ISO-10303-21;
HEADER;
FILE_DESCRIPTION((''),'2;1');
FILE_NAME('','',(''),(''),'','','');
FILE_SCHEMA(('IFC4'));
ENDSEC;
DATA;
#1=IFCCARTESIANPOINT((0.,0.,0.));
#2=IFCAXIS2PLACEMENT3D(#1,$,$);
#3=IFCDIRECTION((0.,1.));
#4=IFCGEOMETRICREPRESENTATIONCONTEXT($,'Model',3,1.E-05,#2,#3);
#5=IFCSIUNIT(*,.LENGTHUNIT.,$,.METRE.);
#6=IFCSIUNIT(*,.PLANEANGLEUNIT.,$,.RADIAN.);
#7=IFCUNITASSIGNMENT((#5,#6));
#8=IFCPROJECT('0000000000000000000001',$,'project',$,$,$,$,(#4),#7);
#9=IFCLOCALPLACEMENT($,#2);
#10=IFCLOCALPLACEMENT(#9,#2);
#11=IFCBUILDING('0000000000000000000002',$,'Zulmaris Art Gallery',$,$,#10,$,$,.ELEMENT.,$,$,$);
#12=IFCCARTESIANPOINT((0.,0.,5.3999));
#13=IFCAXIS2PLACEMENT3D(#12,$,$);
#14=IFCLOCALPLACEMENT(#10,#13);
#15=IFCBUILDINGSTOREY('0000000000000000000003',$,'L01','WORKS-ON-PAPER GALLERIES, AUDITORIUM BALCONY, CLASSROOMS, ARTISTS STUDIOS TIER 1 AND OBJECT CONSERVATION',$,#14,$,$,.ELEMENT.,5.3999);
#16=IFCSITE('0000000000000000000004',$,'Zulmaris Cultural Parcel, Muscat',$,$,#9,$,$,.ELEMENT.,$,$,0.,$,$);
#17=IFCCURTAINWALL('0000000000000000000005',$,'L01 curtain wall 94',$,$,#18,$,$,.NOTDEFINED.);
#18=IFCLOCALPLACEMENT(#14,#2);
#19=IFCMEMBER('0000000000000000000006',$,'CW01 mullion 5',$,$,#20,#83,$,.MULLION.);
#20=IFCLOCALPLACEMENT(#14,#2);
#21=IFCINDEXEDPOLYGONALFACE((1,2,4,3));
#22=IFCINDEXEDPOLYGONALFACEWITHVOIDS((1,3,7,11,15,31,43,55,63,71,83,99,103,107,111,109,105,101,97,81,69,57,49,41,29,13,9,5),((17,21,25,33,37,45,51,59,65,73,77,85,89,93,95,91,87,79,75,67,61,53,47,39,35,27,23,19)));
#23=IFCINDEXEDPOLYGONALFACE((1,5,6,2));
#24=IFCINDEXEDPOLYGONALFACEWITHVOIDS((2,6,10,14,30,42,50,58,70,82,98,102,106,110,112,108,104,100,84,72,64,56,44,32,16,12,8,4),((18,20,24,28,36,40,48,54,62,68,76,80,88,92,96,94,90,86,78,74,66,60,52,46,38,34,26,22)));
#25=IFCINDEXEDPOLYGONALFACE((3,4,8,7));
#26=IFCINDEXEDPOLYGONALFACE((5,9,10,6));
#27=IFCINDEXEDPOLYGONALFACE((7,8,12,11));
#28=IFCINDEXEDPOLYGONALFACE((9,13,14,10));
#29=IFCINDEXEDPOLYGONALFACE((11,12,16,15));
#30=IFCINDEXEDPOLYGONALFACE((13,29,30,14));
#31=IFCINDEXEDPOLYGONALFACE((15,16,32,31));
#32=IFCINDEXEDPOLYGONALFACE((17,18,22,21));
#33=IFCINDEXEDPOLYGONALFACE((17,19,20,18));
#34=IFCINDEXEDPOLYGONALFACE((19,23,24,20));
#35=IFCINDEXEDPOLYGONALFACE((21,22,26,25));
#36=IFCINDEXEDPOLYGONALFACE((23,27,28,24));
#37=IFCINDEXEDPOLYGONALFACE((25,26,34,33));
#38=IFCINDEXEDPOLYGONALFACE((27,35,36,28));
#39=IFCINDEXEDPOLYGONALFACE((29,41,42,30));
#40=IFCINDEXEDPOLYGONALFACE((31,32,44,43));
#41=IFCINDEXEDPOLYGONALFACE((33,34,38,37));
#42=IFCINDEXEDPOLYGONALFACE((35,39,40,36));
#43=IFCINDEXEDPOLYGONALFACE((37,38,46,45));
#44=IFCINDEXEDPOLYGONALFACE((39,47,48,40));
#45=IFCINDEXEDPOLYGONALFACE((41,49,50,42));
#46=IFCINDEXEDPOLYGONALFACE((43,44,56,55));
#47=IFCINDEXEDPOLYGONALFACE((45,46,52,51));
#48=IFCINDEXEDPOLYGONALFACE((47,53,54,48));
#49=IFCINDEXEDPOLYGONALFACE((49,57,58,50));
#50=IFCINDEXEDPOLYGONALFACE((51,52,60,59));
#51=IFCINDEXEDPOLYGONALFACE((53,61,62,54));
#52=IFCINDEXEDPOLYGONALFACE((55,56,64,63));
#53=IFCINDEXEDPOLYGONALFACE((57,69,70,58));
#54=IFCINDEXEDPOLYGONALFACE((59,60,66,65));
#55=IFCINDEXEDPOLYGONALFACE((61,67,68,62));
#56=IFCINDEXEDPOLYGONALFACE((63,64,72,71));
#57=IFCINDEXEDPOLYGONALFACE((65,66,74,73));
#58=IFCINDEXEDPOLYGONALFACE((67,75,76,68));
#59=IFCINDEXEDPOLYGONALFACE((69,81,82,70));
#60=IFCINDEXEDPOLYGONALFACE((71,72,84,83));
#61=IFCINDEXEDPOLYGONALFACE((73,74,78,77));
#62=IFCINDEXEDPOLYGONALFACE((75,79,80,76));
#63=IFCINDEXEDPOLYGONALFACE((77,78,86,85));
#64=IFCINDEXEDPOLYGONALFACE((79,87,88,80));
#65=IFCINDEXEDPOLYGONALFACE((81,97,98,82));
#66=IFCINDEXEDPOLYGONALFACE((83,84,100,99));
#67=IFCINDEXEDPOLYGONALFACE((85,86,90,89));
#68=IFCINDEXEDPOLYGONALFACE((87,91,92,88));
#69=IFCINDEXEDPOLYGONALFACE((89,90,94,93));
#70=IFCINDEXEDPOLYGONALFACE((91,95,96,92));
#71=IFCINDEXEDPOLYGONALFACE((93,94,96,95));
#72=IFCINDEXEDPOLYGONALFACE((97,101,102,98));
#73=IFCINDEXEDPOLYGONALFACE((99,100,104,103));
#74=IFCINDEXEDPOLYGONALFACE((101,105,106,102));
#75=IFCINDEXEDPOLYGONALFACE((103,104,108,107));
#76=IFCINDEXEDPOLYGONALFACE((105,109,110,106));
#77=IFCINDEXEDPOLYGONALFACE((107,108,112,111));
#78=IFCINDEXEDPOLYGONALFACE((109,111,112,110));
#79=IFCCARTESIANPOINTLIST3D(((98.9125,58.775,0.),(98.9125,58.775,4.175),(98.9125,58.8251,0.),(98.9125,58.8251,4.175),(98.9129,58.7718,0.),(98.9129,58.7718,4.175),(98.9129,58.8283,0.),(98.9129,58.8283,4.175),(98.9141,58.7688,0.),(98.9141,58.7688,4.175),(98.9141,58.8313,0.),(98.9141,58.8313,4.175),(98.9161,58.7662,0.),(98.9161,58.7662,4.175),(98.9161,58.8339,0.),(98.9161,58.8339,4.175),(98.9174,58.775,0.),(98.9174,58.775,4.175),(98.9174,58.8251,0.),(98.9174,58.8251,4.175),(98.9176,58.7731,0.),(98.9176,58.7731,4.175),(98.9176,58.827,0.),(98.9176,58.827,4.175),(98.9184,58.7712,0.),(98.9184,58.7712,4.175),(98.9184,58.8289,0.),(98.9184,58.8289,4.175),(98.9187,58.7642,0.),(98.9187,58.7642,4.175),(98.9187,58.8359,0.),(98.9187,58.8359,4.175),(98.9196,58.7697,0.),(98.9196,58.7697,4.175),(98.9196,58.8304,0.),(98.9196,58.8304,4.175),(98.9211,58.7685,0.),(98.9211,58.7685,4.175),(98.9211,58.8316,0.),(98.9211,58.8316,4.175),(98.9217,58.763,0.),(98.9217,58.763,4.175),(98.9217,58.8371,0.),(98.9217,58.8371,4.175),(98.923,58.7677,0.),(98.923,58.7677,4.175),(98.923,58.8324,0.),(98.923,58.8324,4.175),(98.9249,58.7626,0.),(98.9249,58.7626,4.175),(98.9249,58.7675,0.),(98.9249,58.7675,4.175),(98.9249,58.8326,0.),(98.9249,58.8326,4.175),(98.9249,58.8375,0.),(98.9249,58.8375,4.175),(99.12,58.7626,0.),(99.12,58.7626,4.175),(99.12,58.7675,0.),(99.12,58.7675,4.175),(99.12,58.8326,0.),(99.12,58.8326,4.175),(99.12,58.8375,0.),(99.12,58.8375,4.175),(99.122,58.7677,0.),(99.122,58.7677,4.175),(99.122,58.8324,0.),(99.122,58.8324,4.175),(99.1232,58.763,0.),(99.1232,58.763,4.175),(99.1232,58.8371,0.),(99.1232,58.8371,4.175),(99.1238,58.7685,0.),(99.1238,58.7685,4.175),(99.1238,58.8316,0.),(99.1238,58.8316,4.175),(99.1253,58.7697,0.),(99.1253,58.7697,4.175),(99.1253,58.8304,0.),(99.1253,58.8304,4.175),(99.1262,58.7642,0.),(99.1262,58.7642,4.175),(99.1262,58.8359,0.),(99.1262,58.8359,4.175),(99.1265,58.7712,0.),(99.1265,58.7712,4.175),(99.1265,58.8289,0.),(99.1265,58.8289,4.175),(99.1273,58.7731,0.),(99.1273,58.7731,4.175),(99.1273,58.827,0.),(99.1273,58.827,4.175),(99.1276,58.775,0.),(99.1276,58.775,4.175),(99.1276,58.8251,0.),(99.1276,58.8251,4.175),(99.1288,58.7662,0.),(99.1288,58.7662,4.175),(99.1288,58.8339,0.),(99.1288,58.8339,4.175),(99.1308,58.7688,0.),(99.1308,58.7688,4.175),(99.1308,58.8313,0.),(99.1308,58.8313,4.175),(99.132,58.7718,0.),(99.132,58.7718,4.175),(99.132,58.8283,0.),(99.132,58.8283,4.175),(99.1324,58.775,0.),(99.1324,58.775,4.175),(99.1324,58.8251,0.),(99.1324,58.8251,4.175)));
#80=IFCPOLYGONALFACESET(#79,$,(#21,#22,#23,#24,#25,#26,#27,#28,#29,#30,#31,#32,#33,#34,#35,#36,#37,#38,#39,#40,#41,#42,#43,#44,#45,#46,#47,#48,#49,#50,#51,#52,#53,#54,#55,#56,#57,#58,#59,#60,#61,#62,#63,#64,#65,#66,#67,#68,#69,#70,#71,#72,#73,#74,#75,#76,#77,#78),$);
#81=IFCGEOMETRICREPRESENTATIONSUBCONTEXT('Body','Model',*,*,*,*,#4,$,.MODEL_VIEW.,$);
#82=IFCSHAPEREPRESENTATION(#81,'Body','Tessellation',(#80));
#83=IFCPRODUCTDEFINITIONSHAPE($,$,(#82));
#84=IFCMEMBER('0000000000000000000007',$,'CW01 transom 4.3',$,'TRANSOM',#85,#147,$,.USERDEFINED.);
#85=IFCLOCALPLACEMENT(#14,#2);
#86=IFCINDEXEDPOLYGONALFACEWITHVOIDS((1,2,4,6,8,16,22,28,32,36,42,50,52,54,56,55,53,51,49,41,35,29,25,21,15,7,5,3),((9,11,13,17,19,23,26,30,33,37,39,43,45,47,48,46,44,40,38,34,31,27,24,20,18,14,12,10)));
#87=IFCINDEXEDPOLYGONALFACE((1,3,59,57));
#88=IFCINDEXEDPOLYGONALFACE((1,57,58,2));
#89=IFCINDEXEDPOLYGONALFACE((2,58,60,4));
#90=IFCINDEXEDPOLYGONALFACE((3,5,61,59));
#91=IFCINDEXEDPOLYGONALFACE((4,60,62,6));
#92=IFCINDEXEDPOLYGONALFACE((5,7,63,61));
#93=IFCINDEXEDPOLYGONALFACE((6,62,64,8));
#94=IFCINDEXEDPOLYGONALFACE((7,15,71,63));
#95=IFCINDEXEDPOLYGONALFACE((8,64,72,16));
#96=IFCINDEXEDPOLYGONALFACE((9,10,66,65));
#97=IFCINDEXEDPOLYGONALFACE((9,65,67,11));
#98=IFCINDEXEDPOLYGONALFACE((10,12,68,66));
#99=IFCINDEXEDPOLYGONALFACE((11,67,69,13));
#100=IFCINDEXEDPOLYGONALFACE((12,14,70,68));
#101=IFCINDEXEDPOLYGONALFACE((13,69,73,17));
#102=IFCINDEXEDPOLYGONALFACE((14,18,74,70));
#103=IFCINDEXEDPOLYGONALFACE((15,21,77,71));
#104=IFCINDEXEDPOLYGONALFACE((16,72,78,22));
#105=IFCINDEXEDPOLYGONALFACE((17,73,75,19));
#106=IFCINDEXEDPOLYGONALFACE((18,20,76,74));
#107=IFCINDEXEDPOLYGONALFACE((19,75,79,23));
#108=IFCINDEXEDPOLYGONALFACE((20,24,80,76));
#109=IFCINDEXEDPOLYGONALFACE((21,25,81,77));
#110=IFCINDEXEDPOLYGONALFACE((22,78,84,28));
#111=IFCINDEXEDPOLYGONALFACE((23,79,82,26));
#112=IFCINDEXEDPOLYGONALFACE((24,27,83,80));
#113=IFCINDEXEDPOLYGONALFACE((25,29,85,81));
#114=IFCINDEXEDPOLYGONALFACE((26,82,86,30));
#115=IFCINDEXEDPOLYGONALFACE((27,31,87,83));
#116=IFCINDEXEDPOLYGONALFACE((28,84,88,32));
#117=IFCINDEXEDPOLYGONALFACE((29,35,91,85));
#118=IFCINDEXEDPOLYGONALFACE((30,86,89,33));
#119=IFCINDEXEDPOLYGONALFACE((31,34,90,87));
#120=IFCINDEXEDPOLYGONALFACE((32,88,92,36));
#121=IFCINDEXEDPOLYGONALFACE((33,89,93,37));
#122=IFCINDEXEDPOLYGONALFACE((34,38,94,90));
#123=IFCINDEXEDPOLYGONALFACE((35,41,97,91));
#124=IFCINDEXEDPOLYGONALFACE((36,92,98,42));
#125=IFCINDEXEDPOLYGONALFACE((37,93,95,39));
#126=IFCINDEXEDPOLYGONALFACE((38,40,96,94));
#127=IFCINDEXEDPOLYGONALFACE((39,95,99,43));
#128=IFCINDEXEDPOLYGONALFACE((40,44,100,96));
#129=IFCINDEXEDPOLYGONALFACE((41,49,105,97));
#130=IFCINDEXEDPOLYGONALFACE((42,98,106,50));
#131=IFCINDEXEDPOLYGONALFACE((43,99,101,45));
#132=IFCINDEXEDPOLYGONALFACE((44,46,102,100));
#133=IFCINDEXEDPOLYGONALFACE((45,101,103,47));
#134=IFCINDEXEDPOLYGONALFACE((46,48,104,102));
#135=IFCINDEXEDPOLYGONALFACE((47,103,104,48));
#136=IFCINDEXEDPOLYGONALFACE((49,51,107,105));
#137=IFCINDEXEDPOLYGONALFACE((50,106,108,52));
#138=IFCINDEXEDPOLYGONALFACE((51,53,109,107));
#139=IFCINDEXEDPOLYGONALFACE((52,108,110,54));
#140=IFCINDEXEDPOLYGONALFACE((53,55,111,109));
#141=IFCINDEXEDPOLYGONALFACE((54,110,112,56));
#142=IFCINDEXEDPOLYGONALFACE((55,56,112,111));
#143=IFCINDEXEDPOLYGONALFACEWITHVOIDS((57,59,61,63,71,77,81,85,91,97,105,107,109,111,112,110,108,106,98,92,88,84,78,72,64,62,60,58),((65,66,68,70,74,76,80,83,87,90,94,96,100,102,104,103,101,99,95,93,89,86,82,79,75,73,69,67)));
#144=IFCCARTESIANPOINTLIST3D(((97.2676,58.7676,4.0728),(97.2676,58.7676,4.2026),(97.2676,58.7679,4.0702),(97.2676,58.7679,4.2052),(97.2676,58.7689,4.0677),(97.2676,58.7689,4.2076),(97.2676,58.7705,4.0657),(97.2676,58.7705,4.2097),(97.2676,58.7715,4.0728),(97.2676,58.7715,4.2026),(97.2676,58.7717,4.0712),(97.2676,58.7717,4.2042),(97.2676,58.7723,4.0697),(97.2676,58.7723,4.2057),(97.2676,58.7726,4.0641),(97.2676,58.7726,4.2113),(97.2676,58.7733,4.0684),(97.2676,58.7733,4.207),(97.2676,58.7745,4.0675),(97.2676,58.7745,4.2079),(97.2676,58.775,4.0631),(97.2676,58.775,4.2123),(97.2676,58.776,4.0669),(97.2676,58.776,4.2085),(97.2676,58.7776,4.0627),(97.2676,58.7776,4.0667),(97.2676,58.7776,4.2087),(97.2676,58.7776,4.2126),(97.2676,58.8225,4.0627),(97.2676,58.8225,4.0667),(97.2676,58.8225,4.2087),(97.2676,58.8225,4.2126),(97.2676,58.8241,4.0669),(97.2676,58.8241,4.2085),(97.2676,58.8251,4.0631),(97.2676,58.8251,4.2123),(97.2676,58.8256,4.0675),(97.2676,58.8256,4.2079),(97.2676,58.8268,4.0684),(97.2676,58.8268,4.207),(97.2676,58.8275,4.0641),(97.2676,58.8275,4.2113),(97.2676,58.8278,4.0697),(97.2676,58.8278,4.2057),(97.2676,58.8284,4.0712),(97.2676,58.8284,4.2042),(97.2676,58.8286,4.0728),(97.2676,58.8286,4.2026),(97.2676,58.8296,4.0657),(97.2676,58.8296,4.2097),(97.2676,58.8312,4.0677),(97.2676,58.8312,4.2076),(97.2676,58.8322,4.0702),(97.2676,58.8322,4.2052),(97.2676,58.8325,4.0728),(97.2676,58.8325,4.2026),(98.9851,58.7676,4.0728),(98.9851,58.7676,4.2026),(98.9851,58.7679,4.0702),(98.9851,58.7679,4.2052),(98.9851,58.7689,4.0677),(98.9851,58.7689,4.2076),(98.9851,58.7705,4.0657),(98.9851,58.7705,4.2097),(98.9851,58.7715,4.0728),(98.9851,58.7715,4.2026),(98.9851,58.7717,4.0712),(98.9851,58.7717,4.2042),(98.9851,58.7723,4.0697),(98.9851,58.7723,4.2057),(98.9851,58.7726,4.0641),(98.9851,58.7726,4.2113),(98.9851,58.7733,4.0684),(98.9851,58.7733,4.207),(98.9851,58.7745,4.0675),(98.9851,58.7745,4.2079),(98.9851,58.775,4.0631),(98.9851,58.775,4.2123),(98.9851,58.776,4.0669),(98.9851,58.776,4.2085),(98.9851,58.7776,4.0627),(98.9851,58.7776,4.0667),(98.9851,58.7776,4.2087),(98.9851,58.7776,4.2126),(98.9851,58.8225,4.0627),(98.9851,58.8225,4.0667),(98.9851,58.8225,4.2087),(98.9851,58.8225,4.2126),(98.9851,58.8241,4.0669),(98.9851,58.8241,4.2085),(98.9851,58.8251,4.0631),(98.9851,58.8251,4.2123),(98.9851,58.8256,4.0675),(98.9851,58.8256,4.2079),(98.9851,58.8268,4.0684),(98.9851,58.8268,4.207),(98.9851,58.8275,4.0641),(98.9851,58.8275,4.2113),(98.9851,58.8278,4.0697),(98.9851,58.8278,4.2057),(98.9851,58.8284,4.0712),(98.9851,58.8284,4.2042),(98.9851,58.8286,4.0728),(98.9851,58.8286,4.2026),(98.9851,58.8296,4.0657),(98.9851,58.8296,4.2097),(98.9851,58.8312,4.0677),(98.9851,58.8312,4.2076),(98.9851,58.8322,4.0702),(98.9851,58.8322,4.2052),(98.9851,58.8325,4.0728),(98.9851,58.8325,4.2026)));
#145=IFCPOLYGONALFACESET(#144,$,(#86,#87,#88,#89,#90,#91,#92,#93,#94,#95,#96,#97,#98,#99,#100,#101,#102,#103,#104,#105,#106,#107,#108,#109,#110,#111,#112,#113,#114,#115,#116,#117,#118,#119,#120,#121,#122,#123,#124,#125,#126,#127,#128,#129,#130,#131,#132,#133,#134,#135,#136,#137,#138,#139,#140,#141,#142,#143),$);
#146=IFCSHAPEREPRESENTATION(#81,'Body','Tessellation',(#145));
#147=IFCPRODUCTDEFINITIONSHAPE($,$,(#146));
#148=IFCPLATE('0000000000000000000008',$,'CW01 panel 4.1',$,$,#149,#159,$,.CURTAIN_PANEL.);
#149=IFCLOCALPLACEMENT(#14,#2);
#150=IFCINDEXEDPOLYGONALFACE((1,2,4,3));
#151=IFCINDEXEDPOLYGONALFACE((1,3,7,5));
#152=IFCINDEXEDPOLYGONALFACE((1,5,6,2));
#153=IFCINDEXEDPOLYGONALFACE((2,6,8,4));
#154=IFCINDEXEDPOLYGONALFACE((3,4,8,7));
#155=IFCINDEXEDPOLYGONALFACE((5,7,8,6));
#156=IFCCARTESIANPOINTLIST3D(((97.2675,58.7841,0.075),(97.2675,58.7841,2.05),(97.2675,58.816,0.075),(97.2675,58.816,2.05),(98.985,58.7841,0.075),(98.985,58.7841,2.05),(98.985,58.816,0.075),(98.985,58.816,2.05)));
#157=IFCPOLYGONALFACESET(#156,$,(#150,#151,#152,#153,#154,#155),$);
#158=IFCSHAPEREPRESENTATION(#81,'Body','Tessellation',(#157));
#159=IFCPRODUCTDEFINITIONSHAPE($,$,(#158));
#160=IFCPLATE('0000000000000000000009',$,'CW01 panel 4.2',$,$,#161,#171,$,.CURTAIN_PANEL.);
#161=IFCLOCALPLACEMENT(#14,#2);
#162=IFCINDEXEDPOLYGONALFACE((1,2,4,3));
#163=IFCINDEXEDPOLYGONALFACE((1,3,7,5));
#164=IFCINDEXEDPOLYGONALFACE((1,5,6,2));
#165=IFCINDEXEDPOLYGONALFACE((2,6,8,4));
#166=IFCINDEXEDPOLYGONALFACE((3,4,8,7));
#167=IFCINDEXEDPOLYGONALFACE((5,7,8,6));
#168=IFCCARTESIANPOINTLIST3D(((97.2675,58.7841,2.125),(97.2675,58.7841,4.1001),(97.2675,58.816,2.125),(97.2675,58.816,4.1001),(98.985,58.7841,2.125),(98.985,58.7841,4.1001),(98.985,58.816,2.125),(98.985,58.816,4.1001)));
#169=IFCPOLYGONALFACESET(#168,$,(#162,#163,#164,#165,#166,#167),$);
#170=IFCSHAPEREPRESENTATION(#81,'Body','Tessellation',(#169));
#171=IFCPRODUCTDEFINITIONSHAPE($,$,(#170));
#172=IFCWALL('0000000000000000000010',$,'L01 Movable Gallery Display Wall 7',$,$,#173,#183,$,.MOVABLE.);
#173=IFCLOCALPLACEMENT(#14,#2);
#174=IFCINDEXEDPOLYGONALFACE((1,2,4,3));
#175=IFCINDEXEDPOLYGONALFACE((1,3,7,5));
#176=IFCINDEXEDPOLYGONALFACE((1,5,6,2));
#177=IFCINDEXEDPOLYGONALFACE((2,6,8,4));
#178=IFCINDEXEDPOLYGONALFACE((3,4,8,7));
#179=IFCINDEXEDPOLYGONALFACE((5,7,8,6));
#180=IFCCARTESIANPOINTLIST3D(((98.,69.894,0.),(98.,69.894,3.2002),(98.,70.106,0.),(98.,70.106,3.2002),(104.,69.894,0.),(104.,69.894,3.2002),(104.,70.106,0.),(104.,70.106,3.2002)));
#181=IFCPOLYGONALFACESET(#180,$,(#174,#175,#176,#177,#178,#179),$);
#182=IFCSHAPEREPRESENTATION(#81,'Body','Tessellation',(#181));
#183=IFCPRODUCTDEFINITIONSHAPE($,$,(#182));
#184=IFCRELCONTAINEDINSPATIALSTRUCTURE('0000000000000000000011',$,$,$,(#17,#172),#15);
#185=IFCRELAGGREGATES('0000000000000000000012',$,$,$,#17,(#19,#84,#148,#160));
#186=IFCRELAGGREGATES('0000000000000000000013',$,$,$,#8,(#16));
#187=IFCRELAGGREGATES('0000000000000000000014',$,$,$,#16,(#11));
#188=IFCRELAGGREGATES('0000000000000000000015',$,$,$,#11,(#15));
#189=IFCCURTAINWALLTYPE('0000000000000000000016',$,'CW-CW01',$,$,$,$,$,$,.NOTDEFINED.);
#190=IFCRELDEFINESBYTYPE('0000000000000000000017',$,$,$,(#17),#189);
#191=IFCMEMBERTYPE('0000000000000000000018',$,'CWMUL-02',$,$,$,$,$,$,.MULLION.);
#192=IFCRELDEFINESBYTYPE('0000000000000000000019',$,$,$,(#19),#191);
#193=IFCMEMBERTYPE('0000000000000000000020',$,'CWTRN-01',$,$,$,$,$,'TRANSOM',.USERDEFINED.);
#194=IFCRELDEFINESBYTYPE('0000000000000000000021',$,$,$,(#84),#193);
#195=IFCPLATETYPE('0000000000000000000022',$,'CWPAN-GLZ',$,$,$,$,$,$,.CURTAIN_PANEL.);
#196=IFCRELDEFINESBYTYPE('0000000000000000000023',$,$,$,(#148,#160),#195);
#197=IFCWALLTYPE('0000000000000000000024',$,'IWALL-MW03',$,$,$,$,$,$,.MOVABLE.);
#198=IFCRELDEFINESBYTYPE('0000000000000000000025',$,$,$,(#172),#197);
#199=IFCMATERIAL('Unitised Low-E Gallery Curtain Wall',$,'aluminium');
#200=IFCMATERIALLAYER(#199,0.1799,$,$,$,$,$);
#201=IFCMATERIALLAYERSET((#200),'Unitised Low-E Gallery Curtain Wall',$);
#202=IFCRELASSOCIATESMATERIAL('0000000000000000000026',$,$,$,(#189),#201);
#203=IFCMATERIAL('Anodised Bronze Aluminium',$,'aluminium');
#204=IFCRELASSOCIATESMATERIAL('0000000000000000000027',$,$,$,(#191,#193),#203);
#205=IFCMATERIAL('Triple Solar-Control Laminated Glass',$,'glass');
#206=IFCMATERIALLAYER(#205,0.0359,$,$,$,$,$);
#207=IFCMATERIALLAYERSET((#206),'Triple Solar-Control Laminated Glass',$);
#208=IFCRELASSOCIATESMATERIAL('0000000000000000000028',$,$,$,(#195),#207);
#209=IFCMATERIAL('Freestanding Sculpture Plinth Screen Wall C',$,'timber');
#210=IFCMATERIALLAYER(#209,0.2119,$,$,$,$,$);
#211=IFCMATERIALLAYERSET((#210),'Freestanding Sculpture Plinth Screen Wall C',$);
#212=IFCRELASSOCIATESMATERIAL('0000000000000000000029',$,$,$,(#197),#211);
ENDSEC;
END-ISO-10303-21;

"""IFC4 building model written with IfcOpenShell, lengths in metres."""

from ifc_helpers import new_model, si_unit, direction, frame, frame_2d, origin, origin_2d, place, context, subcontext, project, spatial, rectangle, hollow_rectangle, extrude, material, layer, layer_set, material_profile, profile_set, type_object, element, aggregate, save


model = new_model("IFC4")

# Units and contexts
model_context = context("Model", 3, precision=1e-05, world=origin(), true_north=direction((0.0, 1.0)))
body_context = subcontext(model_context, "Body", "Model", "MODEL_VIEW")
ifc_project = project(units=[si_unit("LENGTHUNIT", "METRE"), si_unit("PLANEANGLEUNIT", "RADIAN")], contexts=[model_context])

# Site, building, storey
site_placement = place(None, origin())
site = spatial("IfcSite", under=ifc_project, at=site_placement, Name="Zulmaris Cultural Parcel, Muscat", CompositionType="ELEMENT", RefElevation=0.0)
building_placement = place(site_placement, origin())
building = spatial("IfcBuilding", under=site, at=building_placement, Name="Zulmaris Art Gallery", CompositionType="ELEMENT")
storey_placement = place(building_placement, frame((0.0, 0.0, 5.3999)))
storey = spatial("IfcBuildingStorey", under=building, at=storey_placement, Name="L01", Description="WORKS-ON-PAPER GALLERIES, AUDITORIUM BALCONY, CLASSROOMS, ARTISTS STUDIOS TIER 1 AND OBJECT CONSERVATION", CompositionType="ELEMENT", Elevation=5.3999)

# Curtain wall, members, plates
ifc_material_1 = material(Name="Unitised Low-E Gallery Curtain Wall", Category="aluminium")
ifc_layer_1 = layer(ifc_material_1, 0.1799)
ifc_layer_set_1 = layer_set([ifc_layer_1], Name="Unitised Low-E Gallery Curtain Wall")
curtain_wall_type = type_object("IfcCurtainWallType", Name="CW-CW01", PredefinedType="NOTDEFINED", material=ifc_layer_set_1)
curtain_wall_placement = place(storey_placement, origin())
curtain_wall = element("IfcCurtainWall", 1, at=curtain_wall_placement, inside=storey, type_object=curtain_wall_type, Name="L01 curtain wall 94", PredefinedType="NOTDEFINED")
ifc_material_2 = material(Name="Anodised Bronze Aluminium", Category="aluminium")
ifc_material_profile_1 = material_profile(ifc_material_2, hollow_rectangle(XDim=0.075, YDim=0.22, WallThickness=0.0049, InnerFilletRadius=0.0076, OuterFilletRadius=0.0125, at=origin_2d()), Name="ALU 75x220x5")
ifc_profile_set_1 = profile_set([ifc_material_profile_1], Name="Anodised Bronze Aluminium")
member_type_1 = type_object("IfcMemberType", Name="CWMUL-02", PredefinedType="MULLION", material=ifc_profile_set_1)
member_1_placement = place(storey_placement, frame((99.0225, 58.8, 0.0), z_axis=(0.0, 0.0, 1.0), x_axis=(0.0, 1.0, 0.0)))
member_1 = element("IfcMember", 2, at=member_1_placement, type_object=member_type_1, Name="CW01 mullion 5", PredefinedType="MULLION", context=body_context, shape_type="SweptSolid", body=[
    extrude(hollow_rectangle(XDim=0.075, YDim=0.22, WallThickness=0.0049, InnerFilletRadius=0.0076, OuterFilletRadius=0.0125, at=origin_2d()), origin(), (0.0, 0.0, 1.0), 4.175),
])
ifc_material_profile_2 = material_profile(ifc_material_2, hollow_rectangle(XDim=0.0649, YDim=0.1499, WallThickness=0.0039, InnerFilletRadius=0.0061, OuterFilletRadius=0.01, at=origin_2d()), Name="ALU 65x150x4")
ifc_profile_set_2 = profile_set([ifc_material_profile_2], Name="Anodised Bronze Aluminium")
member_type_2 = type_object("IfcMemberType", Name="CWTRN-01", ElementType="TRANSOM", PredefinedType="USERDEFINED", material=ifc_profile_set_2)
member_2_placement = place(storey_placement, frame((97.2676, 58.8, 4.1377), z_axis=(1.0, 0.0, 0.0), x_axis=(0.0, 1.0, 0.0)))
member_2 = element("IfcMember", 3, at=member_2_placement, type_object=member_type_2, Name="CW01 transom 4.3", ObjectType="TRANSOM", PredefinedType="USERDEFINED", context=body_context, shape_type="SweptSolid", body=[
    extrude(hollow_rectangle(XDim=0.0649, YDim=0.1499, WallThickness=0.0039, InnerFilletRadius=0.0061, OuterFilletRadius=0.01, at=origin_2d()), origin(), (0.0, 0.0, 1.0), 1.7175),
])
ifc_material_3 = material(Name="Triple Solar-Control Laminated Glass", Category="glass")
ifc_layer_2 = layer(ifc_material_3, 0.0359)
ifc_layer_set_2 = layer_set([ifc_layer_2], Name="Triple Solar-Control Laminated Glass")
plate_type = type_object("IfcPlateType", Name="CWPAN-GLZ", PredefinedType="CURTAIN_PANEL", material=ifc_layer_set_2)
plate_1_placement = place(storey_placement, frame((98.1262, 58.8, 0.075), z_axis=(0.0, 0.0, 1.0), x_axis=(1.0, 0.0, 0.0)))
plate_1 = element("IfcPlate", 4, at=plate_1_placement, type_object=plate_type, Name="CW01 panel 4.1", PredefinedType="CURTAIN_PANEL", context=body_context, shape_type="SweptSolid", body=[
    extrude(rectangle(XDim=1.7175, YDim=0.032, at=origin_2d()), origin(), (0.0, 0.0, 1.0), 1.9751),
])
plate_2_placement = place(storey_placement, frame((98.1262, 58.8, 2.125), z_axis=(0.0, 0.0, 1.0), x_axis=(1.0, 0.0, 0.0)))
plate_2 = element("IfcPlate", 5, at=plate_2_placement, type_object=plate_type, Name="CW01 panel 4.2", PredefinedType="CURTAIN_PANEL", context=body_context, shape_type="SweptSolid", body=[
    extrude(rectangle(XDim=1.7175, YDim=0.032, at=origin_2d()), origin(), (0.0, 0.0, 1.0), 1.9751),
])
aggregate(curtain_wall, [member_1, member_2, plate_1, plate_2])

# Wall
ifc_material_4 = material(Name="Freestanding Sculpture Plinth Screen Wall C", Category="timber")
ifc_layer_3 = layer(ifc_material_4, 0.2119)
ifc_layer_set_3 = layer_set([ifc_layer_3], Name="Freestanding Sculpture Plinth Screen Wall C")
wall_type_1 = type_object("IfcWallType", Name="IWALL-MW03", PredefinedType="MOVABLE", material=ifc_layer_set_3)
wall_1_placement = place(storey_placement, frame((98.0, 70.0, 0.0), z_axis=(0.0, 0.0, 1.0), x_axis=(1.0, 0.0, 0.0)))
element("IfcWall", 6, at=wall_1_placement, inside=storey, type_object=wall_type_1, Name="L01 Movable Gallery Display Wall 7", PredefinedType="MOVABLE", context=body_context, shape_type="SweptSolid", body=[
    extrude(rectangle(XDim=6.0, YDim=0.2119, at=frame_2d((3.0, 0.0))), origin(), (0.0, 0.0, 1.0), 3.2002),
])

save(model, "model.ifc")
